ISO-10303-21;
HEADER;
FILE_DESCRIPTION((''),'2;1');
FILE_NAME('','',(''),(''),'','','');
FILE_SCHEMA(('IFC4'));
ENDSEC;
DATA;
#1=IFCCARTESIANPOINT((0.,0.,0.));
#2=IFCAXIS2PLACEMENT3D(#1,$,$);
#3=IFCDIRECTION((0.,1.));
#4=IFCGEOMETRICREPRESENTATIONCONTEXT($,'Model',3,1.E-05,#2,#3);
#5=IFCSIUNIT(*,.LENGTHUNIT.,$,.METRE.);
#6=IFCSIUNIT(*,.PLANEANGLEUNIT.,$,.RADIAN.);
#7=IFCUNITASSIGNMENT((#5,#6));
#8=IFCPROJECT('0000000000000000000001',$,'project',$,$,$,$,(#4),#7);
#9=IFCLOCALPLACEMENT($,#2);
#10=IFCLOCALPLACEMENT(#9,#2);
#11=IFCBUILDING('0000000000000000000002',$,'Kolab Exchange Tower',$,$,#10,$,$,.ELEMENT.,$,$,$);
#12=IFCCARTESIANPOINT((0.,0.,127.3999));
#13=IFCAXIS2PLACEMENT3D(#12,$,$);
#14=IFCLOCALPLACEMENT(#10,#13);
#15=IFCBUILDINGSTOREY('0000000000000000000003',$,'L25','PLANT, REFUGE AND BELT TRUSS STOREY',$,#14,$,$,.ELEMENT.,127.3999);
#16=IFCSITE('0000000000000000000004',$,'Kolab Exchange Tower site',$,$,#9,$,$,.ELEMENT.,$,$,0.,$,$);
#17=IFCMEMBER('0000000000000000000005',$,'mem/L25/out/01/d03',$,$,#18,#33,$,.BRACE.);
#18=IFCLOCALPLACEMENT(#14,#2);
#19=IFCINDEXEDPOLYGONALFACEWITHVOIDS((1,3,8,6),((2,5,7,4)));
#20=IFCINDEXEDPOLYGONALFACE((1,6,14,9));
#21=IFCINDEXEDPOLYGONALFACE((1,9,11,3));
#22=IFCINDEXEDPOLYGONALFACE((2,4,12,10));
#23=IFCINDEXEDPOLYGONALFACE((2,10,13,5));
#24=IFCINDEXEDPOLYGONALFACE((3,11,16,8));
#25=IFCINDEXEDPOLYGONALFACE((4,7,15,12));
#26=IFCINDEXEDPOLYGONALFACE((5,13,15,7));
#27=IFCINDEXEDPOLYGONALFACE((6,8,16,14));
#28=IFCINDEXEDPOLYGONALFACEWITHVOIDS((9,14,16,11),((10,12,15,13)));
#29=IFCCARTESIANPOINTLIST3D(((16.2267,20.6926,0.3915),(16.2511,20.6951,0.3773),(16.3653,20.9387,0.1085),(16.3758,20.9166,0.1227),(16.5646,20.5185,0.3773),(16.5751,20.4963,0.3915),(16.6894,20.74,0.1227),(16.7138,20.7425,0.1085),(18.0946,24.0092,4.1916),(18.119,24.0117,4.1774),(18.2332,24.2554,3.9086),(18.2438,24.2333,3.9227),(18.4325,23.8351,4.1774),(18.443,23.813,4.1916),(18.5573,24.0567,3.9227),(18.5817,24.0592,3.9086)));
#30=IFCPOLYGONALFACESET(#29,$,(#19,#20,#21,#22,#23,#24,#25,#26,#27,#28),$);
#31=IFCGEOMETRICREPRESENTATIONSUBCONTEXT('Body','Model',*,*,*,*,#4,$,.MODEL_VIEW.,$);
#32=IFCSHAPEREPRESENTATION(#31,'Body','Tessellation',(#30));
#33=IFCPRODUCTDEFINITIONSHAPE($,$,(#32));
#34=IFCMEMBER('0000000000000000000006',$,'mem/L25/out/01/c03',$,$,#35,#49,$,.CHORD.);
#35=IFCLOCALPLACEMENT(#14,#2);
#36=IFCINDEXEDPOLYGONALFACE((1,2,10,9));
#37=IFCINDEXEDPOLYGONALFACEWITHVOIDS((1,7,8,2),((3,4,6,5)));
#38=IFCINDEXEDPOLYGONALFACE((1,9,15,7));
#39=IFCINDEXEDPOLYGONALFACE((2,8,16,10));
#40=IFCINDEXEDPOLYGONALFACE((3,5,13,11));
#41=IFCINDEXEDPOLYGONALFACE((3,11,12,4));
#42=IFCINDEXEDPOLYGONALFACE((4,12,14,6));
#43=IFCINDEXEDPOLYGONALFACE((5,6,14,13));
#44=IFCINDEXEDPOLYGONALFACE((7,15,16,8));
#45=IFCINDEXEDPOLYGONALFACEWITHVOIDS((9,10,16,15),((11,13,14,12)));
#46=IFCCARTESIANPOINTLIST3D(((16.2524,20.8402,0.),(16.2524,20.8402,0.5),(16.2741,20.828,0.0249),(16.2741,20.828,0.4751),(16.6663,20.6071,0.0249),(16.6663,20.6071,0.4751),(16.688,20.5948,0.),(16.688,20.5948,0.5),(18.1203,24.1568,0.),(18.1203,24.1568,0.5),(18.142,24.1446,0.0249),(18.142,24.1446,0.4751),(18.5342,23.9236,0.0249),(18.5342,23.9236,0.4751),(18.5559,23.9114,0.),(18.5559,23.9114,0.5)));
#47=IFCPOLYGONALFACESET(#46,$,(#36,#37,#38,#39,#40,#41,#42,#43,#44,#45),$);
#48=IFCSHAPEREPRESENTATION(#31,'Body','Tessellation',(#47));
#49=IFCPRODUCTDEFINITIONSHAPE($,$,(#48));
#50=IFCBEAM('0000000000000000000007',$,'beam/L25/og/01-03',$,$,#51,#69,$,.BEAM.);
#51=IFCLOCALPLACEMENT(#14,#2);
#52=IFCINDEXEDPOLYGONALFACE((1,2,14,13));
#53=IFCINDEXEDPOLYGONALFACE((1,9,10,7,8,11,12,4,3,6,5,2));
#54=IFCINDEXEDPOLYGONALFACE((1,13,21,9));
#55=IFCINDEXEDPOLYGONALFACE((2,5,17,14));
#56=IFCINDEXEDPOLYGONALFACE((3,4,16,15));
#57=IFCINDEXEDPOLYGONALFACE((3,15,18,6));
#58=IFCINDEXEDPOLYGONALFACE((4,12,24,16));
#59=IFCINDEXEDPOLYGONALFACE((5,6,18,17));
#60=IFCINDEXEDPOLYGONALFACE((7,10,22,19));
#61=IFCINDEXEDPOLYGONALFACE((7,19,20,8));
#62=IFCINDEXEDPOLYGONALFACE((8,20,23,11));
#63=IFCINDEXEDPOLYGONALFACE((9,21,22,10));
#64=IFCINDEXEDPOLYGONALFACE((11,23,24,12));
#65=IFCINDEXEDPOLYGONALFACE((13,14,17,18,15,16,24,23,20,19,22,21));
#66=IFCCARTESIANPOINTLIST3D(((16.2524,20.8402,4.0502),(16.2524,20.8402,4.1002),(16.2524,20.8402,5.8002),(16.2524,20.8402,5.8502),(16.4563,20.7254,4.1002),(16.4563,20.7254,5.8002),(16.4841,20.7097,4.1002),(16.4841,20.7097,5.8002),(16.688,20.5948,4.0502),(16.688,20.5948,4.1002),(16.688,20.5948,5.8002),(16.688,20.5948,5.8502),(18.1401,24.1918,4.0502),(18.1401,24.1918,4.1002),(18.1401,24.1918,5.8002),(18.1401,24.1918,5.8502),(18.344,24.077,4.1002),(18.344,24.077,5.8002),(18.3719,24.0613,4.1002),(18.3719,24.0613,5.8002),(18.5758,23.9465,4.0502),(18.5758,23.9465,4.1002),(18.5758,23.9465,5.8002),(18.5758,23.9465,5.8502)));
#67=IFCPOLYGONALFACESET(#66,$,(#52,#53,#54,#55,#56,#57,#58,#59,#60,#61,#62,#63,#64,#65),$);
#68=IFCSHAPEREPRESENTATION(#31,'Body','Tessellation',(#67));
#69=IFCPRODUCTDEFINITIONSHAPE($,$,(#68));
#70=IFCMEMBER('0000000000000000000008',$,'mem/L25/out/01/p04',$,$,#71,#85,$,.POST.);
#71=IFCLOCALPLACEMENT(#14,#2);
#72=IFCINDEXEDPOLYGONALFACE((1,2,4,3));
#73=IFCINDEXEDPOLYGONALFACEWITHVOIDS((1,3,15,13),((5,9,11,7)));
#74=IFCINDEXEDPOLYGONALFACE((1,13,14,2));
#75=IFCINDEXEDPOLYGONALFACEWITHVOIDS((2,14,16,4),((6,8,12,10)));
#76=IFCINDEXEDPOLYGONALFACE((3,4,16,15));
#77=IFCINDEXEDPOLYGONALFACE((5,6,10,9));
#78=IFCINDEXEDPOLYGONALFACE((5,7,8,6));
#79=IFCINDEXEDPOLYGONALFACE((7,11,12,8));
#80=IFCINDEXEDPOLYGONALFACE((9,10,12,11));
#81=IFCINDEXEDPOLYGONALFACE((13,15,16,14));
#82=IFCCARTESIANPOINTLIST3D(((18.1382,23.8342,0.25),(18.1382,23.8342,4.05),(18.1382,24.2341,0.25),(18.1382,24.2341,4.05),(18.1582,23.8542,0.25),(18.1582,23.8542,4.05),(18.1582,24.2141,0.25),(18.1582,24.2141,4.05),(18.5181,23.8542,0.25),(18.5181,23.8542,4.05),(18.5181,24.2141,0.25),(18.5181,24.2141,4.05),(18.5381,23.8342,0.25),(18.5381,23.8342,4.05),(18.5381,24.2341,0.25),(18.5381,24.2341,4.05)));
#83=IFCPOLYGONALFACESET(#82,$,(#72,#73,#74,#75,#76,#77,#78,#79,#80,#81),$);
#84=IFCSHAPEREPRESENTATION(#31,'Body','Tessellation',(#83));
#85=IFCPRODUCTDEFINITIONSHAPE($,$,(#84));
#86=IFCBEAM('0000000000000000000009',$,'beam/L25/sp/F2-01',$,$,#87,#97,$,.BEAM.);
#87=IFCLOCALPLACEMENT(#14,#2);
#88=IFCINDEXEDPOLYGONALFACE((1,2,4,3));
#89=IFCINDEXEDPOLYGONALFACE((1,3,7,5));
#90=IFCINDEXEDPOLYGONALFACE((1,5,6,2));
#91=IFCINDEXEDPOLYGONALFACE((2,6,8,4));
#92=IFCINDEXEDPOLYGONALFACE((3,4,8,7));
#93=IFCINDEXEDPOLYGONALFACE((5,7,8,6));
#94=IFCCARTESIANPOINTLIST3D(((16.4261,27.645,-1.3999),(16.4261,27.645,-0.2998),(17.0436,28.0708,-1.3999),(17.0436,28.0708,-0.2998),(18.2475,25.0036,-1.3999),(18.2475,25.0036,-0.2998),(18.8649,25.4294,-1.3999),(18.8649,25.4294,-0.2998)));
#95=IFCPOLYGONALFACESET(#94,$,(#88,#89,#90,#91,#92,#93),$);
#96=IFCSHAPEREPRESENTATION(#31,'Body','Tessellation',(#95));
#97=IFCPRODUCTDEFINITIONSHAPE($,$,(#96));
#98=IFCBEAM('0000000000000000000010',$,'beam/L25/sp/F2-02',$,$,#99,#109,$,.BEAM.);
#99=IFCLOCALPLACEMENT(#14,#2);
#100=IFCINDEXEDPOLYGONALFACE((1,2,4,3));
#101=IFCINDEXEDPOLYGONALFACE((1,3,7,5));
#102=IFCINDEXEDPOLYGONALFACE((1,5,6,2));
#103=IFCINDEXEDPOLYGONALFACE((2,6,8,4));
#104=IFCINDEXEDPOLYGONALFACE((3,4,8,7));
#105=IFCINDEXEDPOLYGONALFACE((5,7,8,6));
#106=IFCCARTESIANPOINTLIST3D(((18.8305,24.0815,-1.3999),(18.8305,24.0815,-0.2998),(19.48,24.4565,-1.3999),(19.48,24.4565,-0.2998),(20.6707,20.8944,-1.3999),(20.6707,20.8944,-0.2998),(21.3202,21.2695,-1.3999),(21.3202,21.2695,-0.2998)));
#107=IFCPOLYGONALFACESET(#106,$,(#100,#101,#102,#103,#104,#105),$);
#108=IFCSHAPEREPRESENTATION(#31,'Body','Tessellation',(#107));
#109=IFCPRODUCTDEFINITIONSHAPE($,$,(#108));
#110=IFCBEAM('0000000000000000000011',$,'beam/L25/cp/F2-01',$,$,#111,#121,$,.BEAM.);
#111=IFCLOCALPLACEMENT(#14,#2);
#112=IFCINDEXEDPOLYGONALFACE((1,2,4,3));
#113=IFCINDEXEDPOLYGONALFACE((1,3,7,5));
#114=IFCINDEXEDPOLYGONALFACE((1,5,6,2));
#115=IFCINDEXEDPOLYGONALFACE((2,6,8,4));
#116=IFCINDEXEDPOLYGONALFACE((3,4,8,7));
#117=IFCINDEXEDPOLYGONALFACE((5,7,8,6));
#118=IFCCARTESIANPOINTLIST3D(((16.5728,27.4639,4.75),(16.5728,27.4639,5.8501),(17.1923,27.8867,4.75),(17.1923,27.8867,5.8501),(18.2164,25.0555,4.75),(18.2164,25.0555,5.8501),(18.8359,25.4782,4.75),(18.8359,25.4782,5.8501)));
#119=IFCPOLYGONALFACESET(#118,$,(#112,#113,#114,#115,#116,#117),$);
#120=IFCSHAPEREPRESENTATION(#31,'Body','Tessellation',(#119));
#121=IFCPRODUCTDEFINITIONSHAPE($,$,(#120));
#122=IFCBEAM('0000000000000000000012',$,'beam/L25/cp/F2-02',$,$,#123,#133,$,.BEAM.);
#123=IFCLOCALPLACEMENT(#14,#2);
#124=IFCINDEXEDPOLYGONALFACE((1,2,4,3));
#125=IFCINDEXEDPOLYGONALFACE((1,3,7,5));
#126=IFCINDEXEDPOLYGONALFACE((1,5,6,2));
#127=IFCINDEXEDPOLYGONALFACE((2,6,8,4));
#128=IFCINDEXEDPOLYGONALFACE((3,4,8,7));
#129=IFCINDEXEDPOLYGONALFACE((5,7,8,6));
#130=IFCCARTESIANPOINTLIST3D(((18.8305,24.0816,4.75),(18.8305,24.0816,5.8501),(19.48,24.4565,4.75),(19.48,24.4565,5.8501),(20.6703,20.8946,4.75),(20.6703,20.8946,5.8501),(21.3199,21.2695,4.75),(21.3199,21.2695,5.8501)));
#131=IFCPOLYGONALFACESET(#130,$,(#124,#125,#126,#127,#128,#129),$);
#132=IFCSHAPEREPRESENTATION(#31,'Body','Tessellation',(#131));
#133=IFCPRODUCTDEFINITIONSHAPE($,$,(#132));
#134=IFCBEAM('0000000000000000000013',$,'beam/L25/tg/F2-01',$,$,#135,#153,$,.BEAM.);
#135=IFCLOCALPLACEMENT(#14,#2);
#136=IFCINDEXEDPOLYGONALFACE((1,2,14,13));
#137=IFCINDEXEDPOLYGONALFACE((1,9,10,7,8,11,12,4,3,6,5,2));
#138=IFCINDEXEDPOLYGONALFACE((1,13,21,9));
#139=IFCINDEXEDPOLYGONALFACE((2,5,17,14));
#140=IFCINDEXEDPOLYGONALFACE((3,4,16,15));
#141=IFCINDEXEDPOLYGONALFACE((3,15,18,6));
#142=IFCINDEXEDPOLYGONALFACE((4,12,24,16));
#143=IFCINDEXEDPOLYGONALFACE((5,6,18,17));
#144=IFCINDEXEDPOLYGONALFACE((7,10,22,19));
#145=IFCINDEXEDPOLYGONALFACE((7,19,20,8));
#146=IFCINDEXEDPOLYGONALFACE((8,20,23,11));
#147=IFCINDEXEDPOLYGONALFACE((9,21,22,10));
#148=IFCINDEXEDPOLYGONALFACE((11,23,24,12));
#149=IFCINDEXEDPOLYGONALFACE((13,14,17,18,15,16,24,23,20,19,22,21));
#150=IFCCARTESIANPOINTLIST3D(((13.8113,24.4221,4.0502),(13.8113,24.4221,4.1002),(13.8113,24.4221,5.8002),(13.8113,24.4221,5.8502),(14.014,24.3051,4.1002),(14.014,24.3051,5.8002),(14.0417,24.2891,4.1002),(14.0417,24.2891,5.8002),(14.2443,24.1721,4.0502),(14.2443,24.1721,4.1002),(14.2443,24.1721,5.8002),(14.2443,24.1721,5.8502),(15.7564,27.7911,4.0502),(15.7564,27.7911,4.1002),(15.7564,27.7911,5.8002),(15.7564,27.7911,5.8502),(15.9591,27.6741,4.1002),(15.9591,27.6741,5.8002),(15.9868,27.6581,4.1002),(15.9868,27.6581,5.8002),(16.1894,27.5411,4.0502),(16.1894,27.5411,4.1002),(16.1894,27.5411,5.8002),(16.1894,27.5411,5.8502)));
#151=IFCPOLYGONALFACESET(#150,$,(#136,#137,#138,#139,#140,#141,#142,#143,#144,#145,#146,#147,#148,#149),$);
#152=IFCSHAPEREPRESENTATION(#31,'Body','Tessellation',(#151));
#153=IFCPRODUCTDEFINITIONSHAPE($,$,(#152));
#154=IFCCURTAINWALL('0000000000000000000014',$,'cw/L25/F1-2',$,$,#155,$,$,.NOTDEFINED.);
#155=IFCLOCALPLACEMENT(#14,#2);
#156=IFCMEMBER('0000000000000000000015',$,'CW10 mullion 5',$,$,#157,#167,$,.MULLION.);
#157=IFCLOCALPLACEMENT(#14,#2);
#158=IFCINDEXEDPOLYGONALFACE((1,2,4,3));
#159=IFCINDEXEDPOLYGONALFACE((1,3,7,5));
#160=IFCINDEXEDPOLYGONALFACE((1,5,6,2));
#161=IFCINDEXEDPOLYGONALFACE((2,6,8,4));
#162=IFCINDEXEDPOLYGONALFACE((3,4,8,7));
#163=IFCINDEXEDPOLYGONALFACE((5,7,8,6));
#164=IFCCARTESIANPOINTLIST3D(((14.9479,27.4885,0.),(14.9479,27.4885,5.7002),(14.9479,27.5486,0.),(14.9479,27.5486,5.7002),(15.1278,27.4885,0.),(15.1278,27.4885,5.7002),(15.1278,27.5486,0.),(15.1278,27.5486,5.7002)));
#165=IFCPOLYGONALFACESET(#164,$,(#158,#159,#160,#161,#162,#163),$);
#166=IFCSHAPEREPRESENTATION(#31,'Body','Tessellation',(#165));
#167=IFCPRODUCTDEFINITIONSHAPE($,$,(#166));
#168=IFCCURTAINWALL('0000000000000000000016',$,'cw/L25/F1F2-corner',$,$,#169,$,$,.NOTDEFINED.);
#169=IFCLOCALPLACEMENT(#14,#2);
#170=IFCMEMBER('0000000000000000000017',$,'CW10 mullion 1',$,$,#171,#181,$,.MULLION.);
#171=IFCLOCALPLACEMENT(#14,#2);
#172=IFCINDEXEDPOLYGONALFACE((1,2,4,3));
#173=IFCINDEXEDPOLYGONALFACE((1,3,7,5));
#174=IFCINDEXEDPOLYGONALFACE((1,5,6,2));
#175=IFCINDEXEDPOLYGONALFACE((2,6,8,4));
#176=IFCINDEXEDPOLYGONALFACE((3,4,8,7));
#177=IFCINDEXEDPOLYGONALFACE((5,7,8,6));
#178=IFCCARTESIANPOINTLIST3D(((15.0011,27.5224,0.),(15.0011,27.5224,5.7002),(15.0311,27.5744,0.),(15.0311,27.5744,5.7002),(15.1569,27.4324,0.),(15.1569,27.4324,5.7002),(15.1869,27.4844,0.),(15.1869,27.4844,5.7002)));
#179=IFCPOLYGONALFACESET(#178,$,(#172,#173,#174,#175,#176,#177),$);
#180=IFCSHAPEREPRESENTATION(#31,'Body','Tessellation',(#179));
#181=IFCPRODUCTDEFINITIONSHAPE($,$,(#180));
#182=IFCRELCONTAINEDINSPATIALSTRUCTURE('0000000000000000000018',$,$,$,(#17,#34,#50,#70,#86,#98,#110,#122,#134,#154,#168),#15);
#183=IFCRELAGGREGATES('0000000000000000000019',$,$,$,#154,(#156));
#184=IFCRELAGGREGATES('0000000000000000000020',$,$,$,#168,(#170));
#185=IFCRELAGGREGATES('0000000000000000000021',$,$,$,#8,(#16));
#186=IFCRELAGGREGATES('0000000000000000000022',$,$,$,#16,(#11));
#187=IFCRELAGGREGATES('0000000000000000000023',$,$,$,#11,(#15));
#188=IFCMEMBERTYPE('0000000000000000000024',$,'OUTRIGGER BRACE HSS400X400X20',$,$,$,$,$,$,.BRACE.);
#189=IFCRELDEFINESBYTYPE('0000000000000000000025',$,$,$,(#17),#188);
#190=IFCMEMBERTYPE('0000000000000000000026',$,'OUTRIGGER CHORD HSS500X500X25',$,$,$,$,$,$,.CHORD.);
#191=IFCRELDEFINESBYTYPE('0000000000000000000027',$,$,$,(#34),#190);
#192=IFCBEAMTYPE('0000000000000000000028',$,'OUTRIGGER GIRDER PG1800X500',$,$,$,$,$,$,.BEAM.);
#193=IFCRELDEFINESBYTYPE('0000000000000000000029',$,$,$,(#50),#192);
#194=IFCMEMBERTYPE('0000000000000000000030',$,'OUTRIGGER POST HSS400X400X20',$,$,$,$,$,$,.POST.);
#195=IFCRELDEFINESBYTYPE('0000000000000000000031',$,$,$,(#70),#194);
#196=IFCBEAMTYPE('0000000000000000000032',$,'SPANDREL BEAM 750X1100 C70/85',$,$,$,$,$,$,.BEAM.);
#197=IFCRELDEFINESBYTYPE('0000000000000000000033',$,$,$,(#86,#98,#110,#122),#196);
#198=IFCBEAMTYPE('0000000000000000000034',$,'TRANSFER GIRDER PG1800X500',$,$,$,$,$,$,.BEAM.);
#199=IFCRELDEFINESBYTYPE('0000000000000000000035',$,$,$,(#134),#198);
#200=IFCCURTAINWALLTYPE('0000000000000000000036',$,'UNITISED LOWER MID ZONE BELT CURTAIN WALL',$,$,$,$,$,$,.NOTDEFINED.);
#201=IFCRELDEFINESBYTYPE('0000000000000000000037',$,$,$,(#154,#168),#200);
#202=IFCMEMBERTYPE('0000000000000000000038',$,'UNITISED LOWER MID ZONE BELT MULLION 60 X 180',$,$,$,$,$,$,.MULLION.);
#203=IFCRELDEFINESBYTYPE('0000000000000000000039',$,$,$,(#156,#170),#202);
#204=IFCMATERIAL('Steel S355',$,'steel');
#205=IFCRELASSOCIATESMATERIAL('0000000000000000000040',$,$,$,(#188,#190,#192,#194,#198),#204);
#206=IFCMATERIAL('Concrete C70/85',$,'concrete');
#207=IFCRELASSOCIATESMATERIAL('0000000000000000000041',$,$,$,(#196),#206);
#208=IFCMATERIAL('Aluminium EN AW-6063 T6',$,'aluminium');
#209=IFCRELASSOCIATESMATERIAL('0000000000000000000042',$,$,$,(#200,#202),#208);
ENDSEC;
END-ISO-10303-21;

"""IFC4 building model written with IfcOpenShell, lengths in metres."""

from ifc_helpers import new_model, si_unit, direction, frame, origin, origin_2d, place, context, subcontext, project, spatial, rectangle, hollow_rectangle, i_section, extrude, material, material_profile, profile_set, type_object, element, aggregate, save


model = new_model("IFC4")

# Units and contexts
model_context = context("Model", 3, precision=1e-05, world=origin(), true_north=direction((0.0, 1.0)))
body_context = subcontext(model_context, "Body", "Model", "MODEL_VIEW")
ifc_project = project(units=[si_unit("LENGTHUNIT", "METRE"), si_unit("PLANEANGLEUNIT", "RADIAN")], contexts=[model_context])

# Site, building, storey
site_placement = place(None, origin())
site = spatial("IfcSite", under=ifc_project, at=site_placement, Name="Kolab Exchange Tower site", CompositionType="ELEMENT", RefElevation=0.0)
building_placement = place(site_placement, origin())
building = spatial("IfcBuilding", under=site, at=building_placement, Name="Kolab Exchange Tower", CompositionType="ELEMENT")
storey_placement = place(building_placement, frame((0.0, 0.0, 127.3999)))
storey = spatial("IfcBuildingStorey", under=building, at=storey_placement, Name="L25", Description="PLANT, REFUGE AND BELT TRUSS STOREY", CompositionType="ELEMENT", Elevation=127.3999)

# Shared definitions
ifc_material_1 = material(Name="Concrete C70/85", Category="concrete")

# Shared definitions
ifc_material_2 = material(Name="Steel S355", Category="steel")

# Shared definitions
ifc_material_3 = material(Name="Aluminium EN AW-6063 T6", Category="aluminium")

# Members
ifc_material_profile_1 = material_profile(ifc_material_2, hollow_rectangle(XDim=0.3999, YDim=0.3999, WallThickness=0.02, at=origin_2d()), Name="HSS400X400X20")
ifc_profile_set_1 = profile_set([ifc_material_profile_1], Name="Steel S355")
member_type_1 = type_object("IfcMemberType", Name="OUTRIGGER BRACE HSS400X400X20", PredefinedType="BRACE", material=ifc_profile_set_1)
member_1_placement = place(storey_placement, frame((16.4702, 20.7175, 0.25), z_axis=(0.347285, 0.616635, 0.706509), x_axis=(-0.871317, 0.490721, 0.0)))
element("IfcMember", 1, at=member_1_placement, inside=storey, type_object=member_type_1, Name="mem/L25/out/01/d03", PredefinedType="BRACE", context=body_context, shape_type="SweptSolid", body=[
    extrude(hollow_rectangle(XDim=0.3999, YDim=0.3999, WallThickness=0.02, at=origin_2d()), origin(), (0.0, 0.0, 1.0), 5.3787),
])
ifc_material_profile_2 = material_profile(ifc_material_2, hollow_rectangle(XDim=0.5, YDim=0.5, WallThickness=0.0249, at=origin_2d()), Name="HSS500X500X25")
ifc_profile_set_2 = profile_set([ifc_material_profile_2], Name="Steel S355")
member_type_2 = type_object("IfcMemberType", Name="OUTRIGGER CHORD HSS500X500X25", PredefinedType="CHORD", material=ifc_profile_set_2)
member_2_placement = place(storey_placement, frame((16.4702, 20.7175, 0.25), z_axis=(0.490721, 0.871317, 0.0), x_axis=(-0.871317, 0.490721, 0.0)))
element("IfcMember", 2, at=member_2_placement, inside=storey, type_object=member_type_2, Name="mem/L25/out/01/c03", PredefinedType="CHORD", context=body_context, shape_type="SweptSolid", body=[
    extrude(hollow_rectangle(XDim=0.5, YDim=0.5, WallThickness=0.0249, at=origin_2d()), origin(), (0.0, 0.0, 1.0), 3.8064),
])

# Beam
ifc_material_profile_3 = material_profile(ifc_material_2, i_section(OverallWidth=0.5, OverallDepth=1.8, WebThickness=0.032, FlangeThickness=0.05, at=origin_2d()), Name="PG1800X500")
ifc_profile_set_3 = profile_set([ifc_material_profile_3], Name="Steel S355")
beam_type_1 = type_object("IfcBeamType", Name="OUTRIGGER GIRDER PG1800X500", PredefinedType="BEAM", material=ifc_profile_set_3)
beam_1_placement = place(storey_placement, frame((16.4702, 20.7175, 4.9502), z_axis=(0.490743, 0.871304, 0.0), x_axis=(-0.871304, 0.490743, 0.0)))
element("IfcBeam", 3, at=beam_1_placement, inside=storey, type_object=beam_type_1, Name="beam/L25/og/01-03", PredefinedType="BEAM", context=body_context, shape_type="SweptSolid", body=[
    extrude(i_section(OverallWidth=0.5, OverallDepth=1.8, WebThickness=0.032, FlangeThickness=0.05, at=origin_2d()), origin(), (0.0, 0.0, 1.0), 3.8467),
])

# Member
ifc_material_profile_4 = material_profile(ifc_material_2, hollow_rectangle(XDim=0.3999, YDim=0.3999, WallThickness=0.02, at=origin_2d()), Name="HSS400X400X20")
ifc_profile_set_4 = profile_set([ifc_material_profile_4], Name="Steel S355")
member_type_3 = type_object("IfcMemberType", Name="OUTRIGGER POST HSS400X400X20", PredefinedType="POST", material=ifc_profile_set_4)
member_3_placement = place(storey_placement, frame((18.3381, 24.0342, 0.25), z_axis=(0.0, 0.0, 1.0), x_axis=(1.0, 0.0, 0.0)))
element("IfcMember", 4, at=member_3_placement, inside=storey, type_object=member_type_3, Name="mem/L25/out/01/p04", PredefinedType="POST", context=body_context, shape_type="SweptSolid", body=[
    extrude(hollow_rectangle(XDim=0.3999, YDim=0.3999, WallThickness=0.02, at=origin_2d()), origin(), (0.0, 0.0, 1.0), 3.8),
])

# Beams
ifc_material_profile_5 = material_profile(ifc_material_1, rectangle(XDim=0.75, YDim=1.1001, at=origin_2d()), Name="RC750X1100")
ifc_profile_set_5 = profile_set([ifc_material_profile_5], Name="Concrete C70/85")
beam_type_2 = type_object("IfcBeamType", Name="SPANDREL BEAM 750X1100 C70/85", PredefinedType="BEAM", material=ifc_profile_set_5)
beam_2_placement = place(storey_placement, frame((16.7349, 27.8579, -0.8499), z_axis=(0.567662, -0.823262, 0.0), x_axis=(0.823262, 0.567662, 0.0)))
element("IfcBeam", 5, at=beam_2_placement, inside=storey, type_object=beam_type_2, Name="beam/L25/sp/F2-01", PredefinedType="BEAM", context=body_context, shape_type="SweptSolid", body=[
    extrude(rectangle(XDim=0.75, YDim=1.1001, at=origin_2d()), origin(), (0.0, 0.0, 1.0), 3.2085),
])
beam_3_placement = place(storey_placement, frame((19.1553, 24.269, -0.8499), z_axis=(0.500013, -0.866018, 0.0), x_axis=(0.866018, 0.500013, 0.0)))
element("IfcBeam", 6, at=beam_3_placement, inside=storey, type_object=beam_type_2, Name="beam/L25/sp/F2-02", PredefinedType="BEAM", context=body_context, shape_type="SweptSolid", body=[
    extrude(rectangle(XDim=0.75, YDim=1.1001, at=origin_2d()), origin(), (0.0, 0.0, 1.0), 3.6802),
])
beam_4_placement = place(storey_placement, frame((16.8826, 27.6753, 5.3), z_axis=(0.563672, -0.825999, 0.0), x_axis=(0.825999, 0.563672, 0.0)))
element("IfcBeam", 7, at=beam_4_placement, inside=storey, type_object=beam_type_2, Name="beam/L25/cp/F2-01", PredefinedType="BEAM", context=body_context, shape_type="SweptSolid", body=[
    extrude(rectangle(XDim=0.75, YDim=1.1001, at=origin_2d()), origin(), (0.0, 0.0, 1.0), 2.9158),
])
beam_5_placement = place(storey_placement, frame((19.1553, 24.269, 5.3), z_axis=(0.499964, -0.866046, 0.0), x_axis=(0.866046, 0.499964, 0.0)))
element("IfcBeam", 8, at=beam_5_placement, inside=storey, type_object=beam_type_2, Name="beam/L25/cp/F2-02", PredefinedType="BEAM", context=body_context, shape_type="SweptSolid", body=[
    extrude(rectangle(XDim=0.75, YDim=1.1001, at=origin_2d()), origin(), (0.0, 0.0, 1.0), 3.6799),
])
ifc_material_profile_6 = material_profile(ifc_material_2, i_section(OverallWidth=0.5, OverallDepth=1.8, WebThickness=0.032, FlangeThickness=0.05, at=origin_2d()), Name="PG1800X500")
ifc_profile_set_6 = profile_set([ifc_material_profile_6], Name="Steel S355")
beam_type_3 = type_object("IfcBeamType", Name="TRANSFER GIRDER PG1800X500", PredefinedType="BEAM", material=ifc_profile_set_6)
beam_6_placement = place(storey_placement, frame((14.0278, 24.2971, 4.9502), z_axis=(0.500007, 0.866022, 0.0), x_axis=(-0.866022, 0.500007, 0.0)))
element("IfcBeam", 9, at=beam_6_placement, inside=storey, type_object=beam_type_3, Name="beam/L25/tg/F2-01", PredefinedType="BEAM", context=body_context, shape_type="SweptSolid", body=[
    extrude(i_section(OverallWidth=0.5, OverallDepth=1.8, WebThickness=0.032, FlangeThickness=0.05, at=origin_2d()), origin(), (0.0, 0.0, 1.0), 3.8901),
])

# Curtain wall, member
curtain_wall_type_1 = type_object("IfcCurtainWallType", Name="UNITISED LOWER MID ZONE BELT CURTAIN WALL", PredefinedType="NOTDEFINED", material=ifc_material_3)
curtain_wall_1_placement = place(storey_placement, origin())
curtain_wall_1 = element("IfcCurtainWall", 10, at=curtain_wall_1_placement, inside=storey, type_object=curtain_wall_type_1, Name="cw/L25/F1-2", PredefinedType="NOTDEFINED")
ifc_material_profile_7 = material_profile(ifc_material_3, rectangle(XDim=0.0601, YDim=0.1799, at=origin_2d()), Name="RECT 60X180")
ifc_profile_set_7 = profile_set([ifc_material_profile_7], Name="Aluminium EN AW-6063 T6")
member_type_4 = type_object("IfcMemberType", Name="UNITISED LOWER MID ZONE BELT MULLION 60 X 180", PredefinedType="MULLION", material=ifc_profile_set_7)
member_4_placement = place(storey_placement, frame((15.0378, 27.5186, 0.0), z_axis=(0.0, 0.0, 1.0), x_axis=(0.0, 1.0, 0.0)))
member_4 = element("IfcMember", 11, at=member_4_placement, type_object=member_type_4, Name="CW10 mullion 5", PredefinedType="MULLION", context=body_context, shape_type="SweptSolid", body=[
    extrude(rectangle(XDim=0.0601, YDim=0.1799, at=origin_2d()), origin(), (0.0, 0.0, 1.0), 5.7002),
])
aggregate(curtain_wall_1, [member_4])

# Curtain wall, member
curtain_wall_2_placement = place(storey_placement, origin())
curtain_wall_2 = element("IfcCurtainWall", 12, at=curtain_wall_2_placement, inside=storey, type_object=curtain_wall_type_1, Name="cw/L25/F1F2-corner", PredefinedType="NOTDEFINED")
member_5_placement = place(storey_placement, frame((15.094, 27.5034, 0.0), z_axis=(0.0, 0.0, 1.0), x_axis=(0.5, 0.866025, 0.0)))
member_5 = element("IfcMember", 13, at=member_5_placement, type_object=member_type_4, Name="CW10 mullion 1", PredefinedType="MULLION", context=body_context, shape_type="SweptSolid", body=[
    extrude(rectangle(XDim=0.0601, YDim=0.1799, at=origin_2d()), origin(), (0.0, 0.0, 1.0), 5.7002),
])

aggregate(curtain_wall_2, [member_5])

save(model, "model.ifc")
